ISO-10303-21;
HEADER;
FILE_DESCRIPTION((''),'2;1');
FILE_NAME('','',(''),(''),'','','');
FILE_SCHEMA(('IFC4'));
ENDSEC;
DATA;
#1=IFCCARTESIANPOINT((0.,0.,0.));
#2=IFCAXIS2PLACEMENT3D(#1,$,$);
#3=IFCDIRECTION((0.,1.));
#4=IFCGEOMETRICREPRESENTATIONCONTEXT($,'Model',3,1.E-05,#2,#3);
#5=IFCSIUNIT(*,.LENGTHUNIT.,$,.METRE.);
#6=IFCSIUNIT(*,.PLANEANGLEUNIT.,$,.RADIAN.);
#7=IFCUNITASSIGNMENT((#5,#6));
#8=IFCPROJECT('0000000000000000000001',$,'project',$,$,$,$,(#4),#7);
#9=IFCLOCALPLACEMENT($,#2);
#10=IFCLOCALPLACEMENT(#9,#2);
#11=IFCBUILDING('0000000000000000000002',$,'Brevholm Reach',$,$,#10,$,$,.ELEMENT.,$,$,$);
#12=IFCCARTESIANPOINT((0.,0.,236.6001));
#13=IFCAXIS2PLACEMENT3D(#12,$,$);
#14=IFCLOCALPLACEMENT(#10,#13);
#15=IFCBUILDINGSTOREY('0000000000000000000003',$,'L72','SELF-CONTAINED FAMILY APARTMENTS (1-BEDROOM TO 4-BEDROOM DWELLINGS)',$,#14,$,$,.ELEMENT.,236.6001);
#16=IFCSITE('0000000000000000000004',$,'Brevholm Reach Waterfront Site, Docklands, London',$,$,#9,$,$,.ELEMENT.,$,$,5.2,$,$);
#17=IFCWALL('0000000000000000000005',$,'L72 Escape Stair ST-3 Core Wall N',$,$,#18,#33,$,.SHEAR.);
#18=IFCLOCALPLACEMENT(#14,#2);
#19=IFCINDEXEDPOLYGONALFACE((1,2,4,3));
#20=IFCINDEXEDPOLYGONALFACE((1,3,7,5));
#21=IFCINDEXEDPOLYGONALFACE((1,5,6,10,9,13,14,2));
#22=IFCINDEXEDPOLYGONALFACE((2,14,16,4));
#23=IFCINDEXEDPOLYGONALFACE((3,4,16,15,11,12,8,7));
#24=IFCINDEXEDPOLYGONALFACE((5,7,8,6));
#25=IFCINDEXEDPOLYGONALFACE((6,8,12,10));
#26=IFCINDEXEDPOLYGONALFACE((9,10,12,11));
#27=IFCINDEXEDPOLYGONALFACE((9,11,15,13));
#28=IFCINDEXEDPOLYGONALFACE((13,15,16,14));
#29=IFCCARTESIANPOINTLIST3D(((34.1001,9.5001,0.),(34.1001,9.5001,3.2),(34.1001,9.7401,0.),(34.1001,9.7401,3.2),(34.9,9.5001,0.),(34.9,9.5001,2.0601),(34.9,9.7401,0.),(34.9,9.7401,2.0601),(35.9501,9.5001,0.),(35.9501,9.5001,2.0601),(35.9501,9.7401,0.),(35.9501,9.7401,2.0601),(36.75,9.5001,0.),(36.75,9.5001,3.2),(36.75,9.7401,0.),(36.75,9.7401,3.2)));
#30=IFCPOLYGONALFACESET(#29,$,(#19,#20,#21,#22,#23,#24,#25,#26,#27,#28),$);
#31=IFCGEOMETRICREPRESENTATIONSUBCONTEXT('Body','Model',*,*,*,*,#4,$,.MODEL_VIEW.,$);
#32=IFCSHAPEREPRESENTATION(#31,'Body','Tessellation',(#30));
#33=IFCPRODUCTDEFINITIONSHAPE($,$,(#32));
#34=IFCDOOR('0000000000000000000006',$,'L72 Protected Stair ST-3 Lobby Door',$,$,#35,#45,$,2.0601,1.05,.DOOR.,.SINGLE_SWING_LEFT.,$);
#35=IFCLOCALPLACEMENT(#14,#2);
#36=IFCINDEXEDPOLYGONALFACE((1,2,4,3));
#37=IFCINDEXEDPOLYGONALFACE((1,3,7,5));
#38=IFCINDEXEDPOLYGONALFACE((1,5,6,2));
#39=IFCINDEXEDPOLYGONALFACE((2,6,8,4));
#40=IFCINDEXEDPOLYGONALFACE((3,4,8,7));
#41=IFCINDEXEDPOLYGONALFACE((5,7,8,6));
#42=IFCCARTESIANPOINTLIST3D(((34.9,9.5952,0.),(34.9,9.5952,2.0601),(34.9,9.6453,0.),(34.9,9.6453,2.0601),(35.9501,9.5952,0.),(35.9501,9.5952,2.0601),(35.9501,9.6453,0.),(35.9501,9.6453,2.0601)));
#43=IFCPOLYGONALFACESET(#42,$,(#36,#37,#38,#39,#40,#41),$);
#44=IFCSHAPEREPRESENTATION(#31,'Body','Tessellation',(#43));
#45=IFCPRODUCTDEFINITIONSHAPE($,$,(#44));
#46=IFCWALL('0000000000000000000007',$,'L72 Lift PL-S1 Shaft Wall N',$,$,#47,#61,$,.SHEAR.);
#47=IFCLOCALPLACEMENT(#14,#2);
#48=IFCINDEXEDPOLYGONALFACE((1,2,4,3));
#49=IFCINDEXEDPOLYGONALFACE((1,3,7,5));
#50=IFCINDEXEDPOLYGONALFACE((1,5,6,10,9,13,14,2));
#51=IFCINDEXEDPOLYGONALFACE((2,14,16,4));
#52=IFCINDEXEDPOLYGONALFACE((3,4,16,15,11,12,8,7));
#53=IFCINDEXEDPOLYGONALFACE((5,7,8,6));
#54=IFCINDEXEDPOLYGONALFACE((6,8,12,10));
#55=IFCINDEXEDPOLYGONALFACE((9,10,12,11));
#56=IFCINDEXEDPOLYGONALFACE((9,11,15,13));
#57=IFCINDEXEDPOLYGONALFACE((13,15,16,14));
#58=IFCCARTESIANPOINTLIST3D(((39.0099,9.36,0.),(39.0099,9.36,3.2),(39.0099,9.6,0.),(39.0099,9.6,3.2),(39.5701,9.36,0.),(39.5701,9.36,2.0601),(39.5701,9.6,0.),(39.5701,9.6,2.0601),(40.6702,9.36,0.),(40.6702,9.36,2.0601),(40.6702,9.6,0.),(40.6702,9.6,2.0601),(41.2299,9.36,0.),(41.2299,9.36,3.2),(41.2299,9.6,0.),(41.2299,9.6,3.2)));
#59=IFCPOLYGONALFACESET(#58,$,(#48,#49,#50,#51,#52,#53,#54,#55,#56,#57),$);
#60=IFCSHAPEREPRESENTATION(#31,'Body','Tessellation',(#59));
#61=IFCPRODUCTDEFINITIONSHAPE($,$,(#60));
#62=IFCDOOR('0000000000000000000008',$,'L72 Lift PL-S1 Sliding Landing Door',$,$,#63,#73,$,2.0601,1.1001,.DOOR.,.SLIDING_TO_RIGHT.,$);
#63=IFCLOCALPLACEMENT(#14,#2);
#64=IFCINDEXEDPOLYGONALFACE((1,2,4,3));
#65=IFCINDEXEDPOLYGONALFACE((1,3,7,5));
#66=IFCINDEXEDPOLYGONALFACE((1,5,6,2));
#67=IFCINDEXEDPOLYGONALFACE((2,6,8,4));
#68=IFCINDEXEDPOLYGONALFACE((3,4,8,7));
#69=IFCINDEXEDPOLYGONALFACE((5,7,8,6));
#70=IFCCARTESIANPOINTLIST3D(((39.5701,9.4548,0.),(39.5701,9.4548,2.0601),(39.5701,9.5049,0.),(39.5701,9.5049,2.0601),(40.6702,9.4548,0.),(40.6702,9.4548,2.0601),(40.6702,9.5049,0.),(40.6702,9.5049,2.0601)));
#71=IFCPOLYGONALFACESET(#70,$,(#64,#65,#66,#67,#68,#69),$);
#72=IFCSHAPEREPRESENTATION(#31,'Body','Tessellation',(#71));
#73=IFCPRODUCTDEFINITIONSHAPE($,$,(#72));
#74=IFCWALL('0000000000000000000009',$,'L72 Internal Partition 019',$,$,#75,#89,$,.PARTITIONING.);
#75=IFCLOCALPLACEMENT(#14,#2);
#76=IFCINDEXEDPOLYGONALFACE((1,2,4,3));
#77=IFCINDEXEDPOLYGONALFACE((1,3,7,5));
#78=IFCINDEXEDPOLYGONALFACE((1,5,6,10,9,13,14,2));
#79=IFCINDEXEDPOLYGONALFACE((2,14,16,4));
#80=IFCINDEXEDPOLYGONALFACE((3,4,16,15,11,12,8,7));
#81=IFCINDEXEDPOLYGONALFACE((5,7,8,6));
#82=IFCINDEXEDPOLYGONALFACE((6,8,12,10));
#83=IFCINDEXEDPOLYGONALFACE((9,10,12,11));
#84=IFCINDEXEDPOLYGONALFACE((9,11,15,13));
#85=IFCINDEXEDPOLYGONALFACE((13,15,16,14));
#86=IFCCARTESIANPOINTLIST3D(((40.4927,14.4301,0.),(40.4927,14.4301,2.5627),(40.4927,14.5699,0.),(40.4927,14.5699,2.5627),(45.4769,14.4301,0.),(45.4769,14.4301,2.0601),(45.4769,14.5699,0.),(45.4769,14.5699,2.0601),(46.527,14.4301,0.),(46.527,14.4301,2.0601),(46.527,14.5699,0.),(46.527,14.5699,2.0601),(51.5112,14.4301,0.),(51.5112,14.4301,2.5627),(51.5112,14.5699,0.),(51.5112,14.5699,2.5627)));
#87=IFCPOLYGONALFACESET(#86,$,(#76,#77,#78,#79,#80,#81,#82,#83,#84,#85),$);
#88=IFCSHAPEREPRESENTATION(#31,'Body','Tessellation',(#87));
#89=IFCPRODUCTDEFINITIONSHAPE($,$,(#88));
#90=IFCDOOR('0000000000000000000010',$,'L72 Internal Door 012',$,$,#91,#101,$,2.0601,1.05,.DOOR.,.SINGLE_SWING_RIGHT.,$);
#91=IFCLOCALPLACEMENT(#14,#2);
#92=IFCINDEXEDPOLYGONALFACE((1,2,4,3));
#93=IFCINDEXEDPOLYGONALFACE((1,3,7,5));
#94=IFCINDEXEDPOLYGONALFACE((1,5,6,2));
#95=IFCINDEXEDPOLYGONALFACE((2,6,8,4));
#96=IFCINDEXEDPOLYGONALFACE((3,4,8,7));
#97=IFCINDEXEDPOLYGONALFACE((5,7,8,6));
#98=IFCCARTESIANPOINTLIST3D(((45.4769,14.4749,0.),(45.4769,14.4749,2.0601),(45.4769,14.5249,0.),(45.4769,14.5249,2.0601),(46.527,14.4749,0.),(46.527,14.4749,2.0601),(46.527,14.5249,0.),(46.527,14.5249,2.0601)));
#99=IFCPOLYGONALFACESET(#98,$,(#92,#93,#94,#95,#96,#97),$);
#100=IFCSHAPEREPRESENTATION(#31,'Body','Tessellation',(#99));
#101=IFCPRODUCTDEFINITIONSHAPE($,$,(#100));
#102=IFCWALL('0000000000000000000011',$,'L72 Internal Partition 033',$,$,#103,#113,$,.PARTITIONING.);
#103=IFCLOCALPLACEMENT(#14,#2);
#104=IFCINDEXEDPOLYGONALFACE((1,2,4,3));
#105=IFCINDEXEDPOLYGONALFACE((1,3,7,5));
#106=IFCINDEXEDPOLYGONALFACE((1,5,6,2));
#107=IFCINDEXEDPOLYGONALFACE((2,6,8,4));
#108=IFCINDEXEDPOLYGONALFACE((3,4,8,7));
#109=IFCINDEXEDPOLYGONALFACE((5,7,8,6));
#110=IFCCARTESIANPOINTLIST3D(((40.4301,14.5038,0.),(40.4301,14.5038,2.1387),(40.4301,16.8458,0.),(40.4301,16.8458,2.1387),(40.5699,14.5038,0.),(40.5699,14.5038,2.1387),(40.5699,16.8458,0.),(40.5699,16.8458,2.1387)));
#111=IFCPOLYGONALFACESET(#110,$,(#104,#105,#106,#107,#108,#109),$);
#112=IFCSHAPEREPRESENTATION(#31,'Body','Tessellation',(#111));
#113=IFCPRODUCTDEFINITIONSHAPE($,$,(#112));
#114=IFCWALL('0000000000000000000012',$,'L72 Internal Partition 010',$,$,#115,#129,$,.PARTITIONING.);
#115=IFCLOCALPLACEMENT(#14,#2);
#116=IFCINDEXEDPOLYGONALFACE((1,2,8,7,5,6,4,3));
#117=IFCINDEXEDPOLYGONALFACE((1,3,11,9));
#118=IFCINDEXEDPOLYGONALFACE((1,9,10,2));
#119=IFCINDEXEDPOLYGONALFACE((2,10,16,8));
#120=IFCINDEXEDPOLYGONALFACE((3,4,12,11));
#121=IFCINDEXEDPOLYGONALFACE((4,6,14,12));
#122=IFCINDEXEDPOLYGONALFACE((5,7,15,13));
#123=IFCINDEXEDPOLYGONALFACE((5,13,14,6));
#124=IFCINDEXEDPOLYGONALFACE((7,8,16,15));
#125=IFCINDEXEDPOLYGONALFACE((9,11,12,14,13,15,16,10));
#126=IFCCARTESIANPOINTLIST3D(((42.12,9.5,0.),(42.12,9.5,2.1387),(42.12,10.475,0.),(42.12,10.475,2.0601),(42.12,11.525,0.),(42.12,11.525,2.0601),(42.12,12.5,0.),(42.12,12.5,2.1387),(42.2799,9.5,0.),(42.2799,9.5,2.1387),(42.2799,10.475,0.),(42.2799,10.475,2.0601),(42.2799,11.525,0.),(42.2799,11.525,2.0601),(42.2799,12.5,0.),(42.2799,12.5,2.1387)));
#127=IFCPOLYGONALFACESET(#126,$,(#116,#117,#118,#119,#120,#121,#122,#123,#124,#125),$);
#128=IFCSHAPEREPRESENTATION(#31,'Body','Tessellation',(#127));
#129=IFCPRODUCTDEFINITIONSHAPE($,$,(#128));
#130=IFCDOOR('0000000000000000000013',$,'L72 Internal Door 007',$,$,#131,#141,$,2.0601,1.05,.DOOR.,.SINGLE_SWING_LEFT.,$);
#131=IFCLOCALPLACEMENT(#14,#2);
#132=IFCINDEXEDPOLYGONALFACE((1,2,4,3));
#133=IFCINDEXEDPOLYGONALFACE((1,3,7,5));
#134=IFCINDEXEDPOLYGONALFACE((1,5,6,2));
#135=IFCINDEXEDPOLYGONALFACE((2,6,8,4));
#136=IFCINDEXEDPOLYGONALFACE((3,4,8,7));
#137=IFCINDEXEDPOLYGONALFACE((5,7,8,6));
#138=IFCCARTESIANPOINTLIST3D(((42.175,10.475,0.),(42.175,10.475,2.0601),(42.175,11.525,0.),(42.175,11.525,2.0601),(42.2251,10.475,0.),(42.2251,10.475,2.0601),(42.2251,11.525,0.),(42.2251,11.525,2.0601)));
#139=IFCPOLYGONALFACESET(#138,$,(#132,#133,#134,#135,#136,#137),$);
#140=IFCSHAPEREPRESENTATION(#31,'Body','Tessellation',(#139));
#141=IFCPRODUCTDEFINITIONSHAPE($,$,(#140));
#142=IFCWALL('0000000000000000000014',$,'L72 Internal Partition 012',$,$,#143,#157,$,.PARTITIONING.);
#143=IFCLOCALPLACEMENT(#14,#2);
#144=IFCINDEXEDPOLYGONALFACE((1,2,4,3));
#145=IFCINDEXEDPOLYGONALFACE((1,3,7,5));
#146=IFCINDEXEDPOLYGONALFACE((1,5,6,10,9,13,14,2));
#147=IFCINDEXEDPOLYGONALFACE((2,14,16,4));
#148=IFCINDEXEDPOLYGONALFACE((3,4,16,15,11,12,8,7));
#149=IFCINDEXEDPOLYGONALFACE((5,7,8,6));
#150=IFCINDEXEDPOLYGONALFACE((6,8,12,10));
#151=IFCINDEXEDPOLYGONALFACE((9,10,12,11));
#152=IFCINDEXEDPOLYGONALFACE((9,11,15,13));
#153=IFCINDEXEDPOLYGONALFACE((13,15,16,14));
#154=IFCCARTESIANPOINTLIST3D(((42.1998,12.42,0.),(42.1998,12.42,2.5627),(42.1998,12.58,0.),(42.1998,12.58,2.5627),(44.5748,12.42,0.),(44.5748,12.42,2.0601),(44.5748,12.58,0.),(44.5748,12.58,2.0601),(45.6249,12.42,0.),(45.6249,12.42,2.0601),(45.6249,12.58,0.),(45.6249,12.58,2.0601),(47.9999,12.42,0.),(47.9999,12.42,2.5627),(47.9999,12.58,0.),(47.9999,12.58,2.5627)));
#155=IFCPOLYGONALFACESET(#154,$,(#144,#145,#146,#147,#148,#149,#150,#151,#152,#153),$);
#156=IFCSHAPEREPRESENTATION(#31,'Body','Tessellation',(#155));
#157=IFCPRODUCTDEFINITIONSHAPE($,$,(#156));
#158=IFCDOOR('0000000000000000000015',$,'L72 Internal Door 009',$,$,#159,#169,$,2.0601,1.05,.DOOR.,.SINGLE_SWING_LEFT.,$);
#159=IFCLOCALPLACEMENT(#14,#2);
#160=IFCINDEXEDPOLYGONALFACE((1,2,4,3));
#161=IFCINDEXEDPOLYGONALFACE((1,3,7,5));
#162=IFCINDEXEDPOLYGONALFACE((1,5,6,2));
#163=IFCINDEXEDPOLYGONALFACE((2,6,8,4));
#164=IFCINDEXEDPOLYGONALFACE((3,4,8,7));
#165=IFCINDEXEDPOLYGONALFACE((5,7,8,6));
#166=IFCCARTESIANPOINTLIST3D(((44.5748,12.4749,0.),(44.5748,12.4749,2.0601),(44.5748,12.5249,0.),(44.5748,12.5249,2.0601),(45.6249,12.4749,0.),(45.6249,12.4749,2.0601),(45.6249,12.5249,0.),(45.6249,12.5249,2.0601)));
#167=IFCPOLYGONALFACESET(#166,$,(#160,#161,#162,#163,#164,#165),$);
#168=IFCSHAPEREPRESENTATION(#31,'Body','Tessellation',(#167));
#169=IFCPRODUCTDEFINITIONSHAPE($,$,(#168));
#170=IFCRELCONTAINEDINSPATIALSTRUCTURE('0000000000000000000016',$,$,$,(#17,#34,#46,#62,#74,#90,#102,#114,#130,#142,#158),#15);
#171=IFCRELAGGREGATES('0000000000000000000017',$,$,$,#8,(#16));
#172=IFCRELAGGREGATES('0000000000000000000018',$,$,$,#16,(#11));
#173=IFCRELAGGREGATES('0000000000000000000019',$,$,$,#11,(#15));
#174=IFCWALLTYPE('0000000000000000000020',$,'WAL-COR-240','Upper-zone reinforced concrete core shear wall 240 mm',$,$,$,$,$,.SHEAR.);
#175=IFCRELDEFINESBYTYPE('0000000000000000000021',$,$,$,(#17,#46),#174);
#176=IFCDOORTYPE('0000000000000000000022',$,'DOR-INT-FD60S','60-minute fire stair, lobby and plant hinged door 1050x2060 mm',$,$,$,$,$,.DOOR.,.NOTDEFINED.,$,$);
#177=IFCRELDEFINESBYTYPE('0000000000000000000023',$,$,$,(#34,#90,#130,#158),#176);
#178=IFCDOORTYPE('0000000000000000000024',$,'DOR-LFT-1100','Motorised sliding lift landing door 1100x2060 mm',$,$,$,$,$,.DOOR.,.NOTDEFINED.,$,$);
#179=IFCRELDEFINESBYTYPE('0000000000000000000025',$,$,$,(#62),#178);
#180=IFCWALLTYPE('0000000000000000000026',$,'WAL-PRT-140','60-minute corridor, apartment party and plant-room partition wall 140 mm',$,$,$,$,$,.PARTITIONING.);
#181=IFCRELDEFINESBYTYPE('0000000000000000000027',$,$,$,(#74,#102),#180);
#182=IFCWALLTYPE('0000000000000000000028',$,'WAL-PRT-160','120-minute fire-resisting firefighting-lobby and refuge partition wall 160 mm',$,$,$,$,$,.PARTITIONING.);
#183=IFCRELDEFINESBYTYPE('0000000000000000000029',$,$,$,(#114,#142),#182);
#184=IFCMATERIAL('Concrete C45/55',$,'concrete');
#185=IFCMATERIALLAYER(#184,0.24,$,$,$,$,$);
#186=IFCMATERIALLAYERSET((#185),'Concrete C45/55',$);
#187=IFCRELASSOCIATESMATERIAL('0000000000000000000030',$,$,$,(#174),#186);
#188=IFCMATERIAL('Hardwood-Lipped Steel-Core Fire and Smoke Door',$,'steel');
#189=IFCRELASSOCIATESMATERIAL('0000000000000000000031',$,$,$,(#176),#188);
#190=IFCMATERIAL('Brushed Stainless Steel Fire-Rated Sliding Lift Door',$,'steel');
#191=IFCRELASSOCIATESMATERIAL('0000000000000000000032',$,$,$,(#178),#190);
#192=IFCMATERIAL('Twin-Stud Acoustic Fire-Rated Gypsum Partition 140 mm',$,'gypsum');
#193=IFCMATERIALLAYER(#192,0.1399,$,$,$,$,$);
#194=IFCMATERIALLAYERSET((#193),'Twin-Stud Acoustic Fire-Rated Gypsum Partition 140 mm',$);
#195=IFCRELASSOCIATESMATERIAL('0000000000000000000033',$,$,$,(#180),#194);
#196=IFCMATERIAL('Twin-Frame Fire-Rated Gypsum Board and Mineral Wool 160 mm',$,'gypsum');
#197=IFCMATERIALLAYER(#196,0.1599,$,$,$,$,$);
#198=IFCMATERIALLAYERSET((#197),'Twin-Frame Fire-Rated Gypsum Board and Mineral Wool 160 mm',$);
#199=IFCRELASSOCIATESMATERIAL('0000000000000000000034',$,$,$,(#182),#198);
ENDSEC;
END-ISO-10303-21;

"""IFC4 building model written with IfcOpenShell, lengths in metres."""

from ifc_helpers import new_model, si_unit, direction, frame, frame_2d, origin, place, context, subcontext, project, spatial, rectangle, extrude, material, layer, layer_set, type_object, element, fill, save


model = new_model("IFC4")

# Units and contexts
model_context = context("Model", 3, precision=1e-05, world=origin(), true_north=direction((0.0, 1.0)))
body_context = subcontext(model_context, "Body", "Model", "MODEL_VIEW")
ifc_project = project(units=[si_unit("LENGTHUNIT", "METRE"), si_unit("PLANEANGLEUNIT", "RADIAN")], contexts=[model_context])

# Site, building, storey
site_placement = place(None, origin())
site = spatial("IfcSite", under=ifc_project, at=site_placement, Name="Brevholm Reach Waterfront Site, Docklands, London", CompositionType="ELEMENT", RefElevation=5.2)
building_placement = place(site_placement, origin())
building = spatial("IfcBuilding", under=site, at=building_placement, Name="Brevholm Reach", CompositionType="ELEMENT")
storey_placement = place(building_placement, frame((0.0, 0.0, 236.6001)))
storey = spatial("IfcBuildingStorey", under=building, at=storey_placement, Name="L72", Description="SELF-CONTAINED FAMILY APARTMENTS (1-BEDROOM TO 4-BEDROOM DWELLINGS)", CompositionType="ELEMENT", Elevation=236.6001)

# Walls, openings, doors
ifc_material_1 = material(Name="Concrete C45/55", Category="concrete")
ifc_layer_1 = layer(ifc_material_1, 0.24)
ifc_layer_set_1 = layer_set([ifc_layer_1], Name="Concrete C45/55")
wall_type_1 = type_object("IfcWallType", Name="WAL-COR-240", Description="Upper-zone reinforced concrete core shear wall 240 mm", PredefinedType="SHEAR", material=ifc_layer_set_1)
wall_1_placement = place(storey_placement, frame((36.75, 9.6201, 0.0), z_axis=(0.0, 0.0, 1.0), x_axis=(-1.0, 0.0, 0.0)))
wall_1 = element("IfcWall", 1, at=wall_1_placement, inside=storey, type_object=wall_type_1, Name="L72 Escape Stair ST-3 Core Wall N", PredefinedType="SHEAR", context=body_context, shape_type="SweptSolid", body=[
    extrude(rectangle(XDim=2.6499, YDim=0.24, at=frame_2d((1.325, 0.0))), origin(), (0.0, 0.0, 1.0), 3.2),
])
opening_1_placement = place(wall_1_placement, frame((0.8, 0.0, 0.0)))
opening_1 = element("IfcOpeningElement", 2, at=opening_1_placement, cuts=wall_1, PredefinedType="OPENING", context=body_context, shape_type="SweptSolid", body=[
    extrude(rectangle(XDim=1.05, YDim=2.0601, at=frame_2d((0.5249, 1.03))), frame((0.0, 0.1299, 0.0), z_axis=(0.0, -1.0, 0.0), x_axis=(1.0, 0.0, 0.0)), (0.0, 0.0, 1.0), 0.26),
])
ifc_material_2 = material(Name="Hardwood-Lipped Steel-Core Fire and Smoke Door", Category="steel")
door_type_1 = type_object("IfcDoorType", Name="DOR-INT-FD60S", Description="60-minute fire stair, lobby and plant hinged door 1050x2060 mm", OperationType="NOTDEFINED", PredefinedType="DOOR", material=ifc_material_2)
door_1_placement = place(opening_1_placement, origin())
door_1 = element("IfcDoor", 3, at=door_1_placement, inside=storey, type_object=door_type_1, Name="L72 Protected Stair ST-3 Lobby Door", OperationType="SINGLE_SWING_LEFT", OverallHeight=2.0601, OverallWidth=1.05, PredefinedType="DOOR", context=body_context, shape_type="SweptSolid", body=[
    extrude(rectangle(XDim=1.05, YDim=2.0601, at=frame_2d((0.5249, 1.03))), frame((0.0, 0.0249, 0.0), z_axis=(0.0, -1.0, 0.0), x_axis=(1.0, 0.0, 0.0)), (0.0, 0.0, 1.0), 0.05),
])
fill(opening_1, door_1)
wall_2_placement = place(storey_placement, frame((39.01, 9.48, 0.0), z_axis=(0.0, 0.0, 1.0), x_axis=(1.0, 0.0, 0.0)))
wall_2 = element("IfcWall", 4, at=wall_2_placement, inside=storey, type_object=wall_type_1, Name="L72 Lift PL-S1 Shaft Wall N", PredefinedType="SHEAR", context=body_context, shape_type="SweptSolid", body=[
    extrude(rectangle(XDim=2.22, YDim=0.24, at=frame_2d((1.1099, 0.0))), origin(), (0.0, 0.0, 1.0), 3.2),
])
opening_2_placement = place(wall_2_placement, frame((0.5601, 0.0, 0.0)))
opening_2 = element("IfcOpeningElement", 5, at=opening_2_placement, cuts=wall_2, PredefinedType="OPENING", context=body_context, shape_type="SweptSolid", body=[
    extrude(rectangle(XDim=1.1001, YDim=2.0601, at=frame_2d((0.55, 1.03))), frame((0.0, 0.1299, 0.0), z_axis=(0.0, -1.0, 0.0), x_axis=(1.0, 0.0, 0.0)), (0.0, 0.0, 1.0), 0.26),
])
ifc_material_3 = material(Name="Brushed Stainless Steel Fire-Rated Sliding Lift Door", Category="steel")
door_type_2 = type_object("IfcDoorType", Name="DOR-LFT-1100", Description="Motorised sliding lift landing door 1100x2060 mm", OperationType="NOTDEFINED", PredefinedType="DOOR", material=ifc_material_3)
door_2_placement = place(opening_2_placement, origin())
door_2 = element("IfcDoor", 6, at=door_2_placement, inside=storey, type_object=door_type_2, Name="L72 Lift PL-S1 Sliding Landing Door", OperationType="SLIDING_TO_RIGHT", OverallHeight=2.0601, OverallWidth=1.1001, PredefinedType="DOOR", context=body_context, shape_type="SweptSolid", body=[
    extrude(rectangle(XDim=1.1001, YDim=2.0601, at=frame_2d((0.55, 1.03))), frame((0.0, 0.0249, 0.0), z_axis=(0.0, -1.0, 0.0), x_axis=(1.0, 0.0, 0.0)), (0.0, 0.0, 1.0), 0.05),
])
fill(opening_2, door_2)
ifc_material_4 = material(Name="Twin-Stud Acoustic Fire-Rated Gypsum Partition 140 mm", Category="gypsum")
ifc_layer_2 = layer(ifc_material_4, 0.1399)
ifc_layer_set_2 = layer_set([ifc_layer_2], Name="Twin-Stud Acoustic Fire-Rated Gypsum Partition 140 mm")
wall_type_2 = type_object("IfcWallType", Name="WAL-PRT-140", Description="60-minute corridor, apartment party and plant-room partition wall 140 mm", PredefinedType="PARTITIONING", material=ifc_layer_set_2)
wall_3_placement = place(storey_placement, frame((40.4927, 14.5, 0.0), z_axis=(0.0, 0.0, 1.0), x_axis=(1.0, 0.0, 0.0)))
wall_3 = element("IfcWall", 7, at=wall_3_placement, inside=storey, type_object=wall_type_2, Name="L72 Internal Partition 019", PredefinedType="PARTITIONING", context=body_context, shape_type="SweptSolid", body=[
    extrude(rectangle(XDim=11.0186, YDim=0.1399, at=frame_2d((5.5093, 0.0))), origin(), (0.0, 0.0, 1.0), 2.5627),
])
opening_3_placement = place(wall_3_placement, frame((4.9844, 0.0, 0.0)))
opening_3 = element("IfcOpeningElement", 8, at=opening_3_placement, cuts=wall_3, PredefinedType="OPENING", context=body_context, shape_type="SweptSolid", body=[
    extrude(rectangle(XDim=1.05, YDim=2.0601, at=frame_2d((0.5249, 1.03))), frame((0.0, 0.0798, 0.0), z_axis=(0.0, -1.0, 0.0), x_axis=(1.0, 0.0, 0.0)), (0.0, 0.0, 1.0), 0.1599),
])
door_3_placement = place(opening_3_placement, origin())
door_3 = element("IfcDoor", 9, at=door_3_placement, inside=storey, type_object=door_type_1, Name="L72 Internal Door 012", OperationType="SINGLE_SWING_RIGHT", OverallHeight=2.0601, OverallWidth=1.05, PredefinedType="DOOR", context=body_context, shape_type="SweptSolid", body=[
    extrude(rectangle(XDim=1.05, YDim=2.0601, at=frame_2d((0.5249, 1.03))), frame((0.0, 0.0249, 0.0), z_axis=(0.0, -1.0, 0.0), x_axis=(1.0, 0.0, 0.0)), (0.0, 0.0, 1.0), 0.05),
])
fill(opening_3, door_3)

# Wall
wall_4_placement = place(storey_placement, frame((40.5, 14.5039, 0.0), z_axis=(0.0, 0.0, 1.0), x_axis=(0.0, 1.0, 0.0)))
element("IfcWall", 10, at=wall_4_placement, inside=storey, type_object=wall_type_2, Name="L72 Internal Partition 033", PredefinedType="PARTITIONING", context=body_context, shape_type="SweptSolid", body=[
    extrude(rectangle(XDim=2.342, YDim=0.1399, at=frame_2d((1.1709, 0.0))), origin(), (0.0, 0.0, 1.0), 2.1387),
])

# Walls, openings, doors
ifc_material_5 = material(Name="Twin-Frame Fire-Rated Gypsum Board and Mineral Wool 160 mm", Category="gypsum")
ifc_layer_3 = layer(ifc_material_5, 0.1599)
ifc_layer_set_3 = layer_set([ifc_layer_3], Name="Twin-Frame Fire-Rated Gypsum Board and Mineral Wool 160 mm")
wall_type_3 = type_object("IfcWallType", Name="WAL-PRT-160", Description="120-minute fire-resisting firefighting-lobby and refuge partition wall 160 mm", PredefinedType="PARTITIONING", material=ifc_layer_set_3)
wall_5_placement = place(storey_placement, frame((42.2, 9.5, 0.0), z_axis=(0.0, 0.0, 1.0), x_axis=(0.0, 1.0, 0.0)))
wall_5 = element("IfcWall", 11, at=wall_5_placement, inside=storey, type_object=wall_type_3, Name="L72 Internal Partition 010", PredefinedType="PARTITIONING", context=body_context, shape_type="SweptSolid", body=[
    extrude(rectangle(XDim=3.0, YDim=0.1599, at=frame_2d((1.5, 0.0))), origin(), (0.0, 0.0, 1.0), 2.1387),
])
opening_4_placement = place(wall_5_placement, frame((0.9751, 0.0, 0.0)))
opening_4 = element("IfcOpeningElement", 12, at=opening_4_placement, cuts=wall_5, PredefinedType="OPENING", context=body_context, shape_type="SweptSolid", body=[
    extrude(rectangle(XDim=1.05, YDim=2.0601, at=frame_2d((0.5249, 1.03))), frame((0.0, 0.0898, 0.0), z_axis=(0.0, -1.0, 0.0), x_axis=(1.0, 0.0, 0.0)), (0.0, 0.0, 1.0), 0.1799),
])
door_4_placement = place(opening_4_placement, origin())
door_4 = element("IfcDoor", 13, at=door_4_placement, inside=storey, type_object=door_type_1, Name="L72 Internal Door 007", OperationType="SINGLE_SWING_LEFT", OverallHeight=2.0601, OverallWidth=1.05, PredefinedType="DOOR", context=body_context, shape_type="SweptSolid", body=[
    extrude(rectangle(XDim=1.05, YDim=2.0601, at=frame_2d((0.5249, 1.03))), frame((0.0, 0.0249, 0.0), z_axis=(0.0, -1.0, 0.0), x_axis=(1.0, 0.0, 0.0)), (0.0, 0.0, 1.0), 0.05),
])
fill(opening_4, door_4)
wall_6_placement = place(storey_placement, frame((42.2, 12.5, 0.0), z_axis=(0.0, 0.0, 1.0), x_axis=(1.0, 0.0, 0.0)))
wall_6 = element("IfcWall", 14, at=wall_6_placement, inside=storey, type_object=wall_type_3, Name="L72 Internal Partition 012", PredefinedType="PARTITIONING", context=body_context, shape_type="SweptSolid", body=[
    extrude(rectangle(XDim=5.8, YDim=0.1599, at=frame_2d((2.8999, 0.0))), origin(), (0.0, 0.0, 1.0), 2.5627),
])
opening_5_placement = place(wall_6_placement, frame((2.375, 0.0, 0.0)))
opening_5 = element("IfcOpeningElement", 15, at=opening_5_placement, cuts=wall_6, PredefinedType="OPENING", context=body_context, shape_type="SweptSolid", body=[
    extrude(rectangle(XDim=1.05, YDim=2.0601, at=frame_2d((0.5249, 1.03))), frame((0.0, 0.0898, 0.0), z_axis=(0.0, -1.0, 0.0), x_axis=(1.0, 0.0, 0.0)), (0.0, 0.0, 1.0), 0.1799),
])
door_5_placement = place(opening_5_placement, origin())
door_5 = element("IfcDoor", 16, at=door_5_placement, inside=storey, type_object=door_type_1, Name="L72 Internal Door 009", OperationType="SINGLE_SWING_LEFT", OverallHeight=2.0601, OverallWidth=1.05, PredefinedType="DOOR", context=body_context, shape_type="SweptSolid", body=[
    extrude(rectangle(XDim=1.05, YDim=2.0601, at=frame_2d((0.5249, 1.03))), frame((0.0, 0.0249, 0.0), z_axis=(0.0, -1.0, 0.0), x_axis=(1.0, 0.0, 0.0)), (0.0, 0.0, 1.0), 0.05),
])
fill(opening_5, door_5)

save(model, "model.ifc")
